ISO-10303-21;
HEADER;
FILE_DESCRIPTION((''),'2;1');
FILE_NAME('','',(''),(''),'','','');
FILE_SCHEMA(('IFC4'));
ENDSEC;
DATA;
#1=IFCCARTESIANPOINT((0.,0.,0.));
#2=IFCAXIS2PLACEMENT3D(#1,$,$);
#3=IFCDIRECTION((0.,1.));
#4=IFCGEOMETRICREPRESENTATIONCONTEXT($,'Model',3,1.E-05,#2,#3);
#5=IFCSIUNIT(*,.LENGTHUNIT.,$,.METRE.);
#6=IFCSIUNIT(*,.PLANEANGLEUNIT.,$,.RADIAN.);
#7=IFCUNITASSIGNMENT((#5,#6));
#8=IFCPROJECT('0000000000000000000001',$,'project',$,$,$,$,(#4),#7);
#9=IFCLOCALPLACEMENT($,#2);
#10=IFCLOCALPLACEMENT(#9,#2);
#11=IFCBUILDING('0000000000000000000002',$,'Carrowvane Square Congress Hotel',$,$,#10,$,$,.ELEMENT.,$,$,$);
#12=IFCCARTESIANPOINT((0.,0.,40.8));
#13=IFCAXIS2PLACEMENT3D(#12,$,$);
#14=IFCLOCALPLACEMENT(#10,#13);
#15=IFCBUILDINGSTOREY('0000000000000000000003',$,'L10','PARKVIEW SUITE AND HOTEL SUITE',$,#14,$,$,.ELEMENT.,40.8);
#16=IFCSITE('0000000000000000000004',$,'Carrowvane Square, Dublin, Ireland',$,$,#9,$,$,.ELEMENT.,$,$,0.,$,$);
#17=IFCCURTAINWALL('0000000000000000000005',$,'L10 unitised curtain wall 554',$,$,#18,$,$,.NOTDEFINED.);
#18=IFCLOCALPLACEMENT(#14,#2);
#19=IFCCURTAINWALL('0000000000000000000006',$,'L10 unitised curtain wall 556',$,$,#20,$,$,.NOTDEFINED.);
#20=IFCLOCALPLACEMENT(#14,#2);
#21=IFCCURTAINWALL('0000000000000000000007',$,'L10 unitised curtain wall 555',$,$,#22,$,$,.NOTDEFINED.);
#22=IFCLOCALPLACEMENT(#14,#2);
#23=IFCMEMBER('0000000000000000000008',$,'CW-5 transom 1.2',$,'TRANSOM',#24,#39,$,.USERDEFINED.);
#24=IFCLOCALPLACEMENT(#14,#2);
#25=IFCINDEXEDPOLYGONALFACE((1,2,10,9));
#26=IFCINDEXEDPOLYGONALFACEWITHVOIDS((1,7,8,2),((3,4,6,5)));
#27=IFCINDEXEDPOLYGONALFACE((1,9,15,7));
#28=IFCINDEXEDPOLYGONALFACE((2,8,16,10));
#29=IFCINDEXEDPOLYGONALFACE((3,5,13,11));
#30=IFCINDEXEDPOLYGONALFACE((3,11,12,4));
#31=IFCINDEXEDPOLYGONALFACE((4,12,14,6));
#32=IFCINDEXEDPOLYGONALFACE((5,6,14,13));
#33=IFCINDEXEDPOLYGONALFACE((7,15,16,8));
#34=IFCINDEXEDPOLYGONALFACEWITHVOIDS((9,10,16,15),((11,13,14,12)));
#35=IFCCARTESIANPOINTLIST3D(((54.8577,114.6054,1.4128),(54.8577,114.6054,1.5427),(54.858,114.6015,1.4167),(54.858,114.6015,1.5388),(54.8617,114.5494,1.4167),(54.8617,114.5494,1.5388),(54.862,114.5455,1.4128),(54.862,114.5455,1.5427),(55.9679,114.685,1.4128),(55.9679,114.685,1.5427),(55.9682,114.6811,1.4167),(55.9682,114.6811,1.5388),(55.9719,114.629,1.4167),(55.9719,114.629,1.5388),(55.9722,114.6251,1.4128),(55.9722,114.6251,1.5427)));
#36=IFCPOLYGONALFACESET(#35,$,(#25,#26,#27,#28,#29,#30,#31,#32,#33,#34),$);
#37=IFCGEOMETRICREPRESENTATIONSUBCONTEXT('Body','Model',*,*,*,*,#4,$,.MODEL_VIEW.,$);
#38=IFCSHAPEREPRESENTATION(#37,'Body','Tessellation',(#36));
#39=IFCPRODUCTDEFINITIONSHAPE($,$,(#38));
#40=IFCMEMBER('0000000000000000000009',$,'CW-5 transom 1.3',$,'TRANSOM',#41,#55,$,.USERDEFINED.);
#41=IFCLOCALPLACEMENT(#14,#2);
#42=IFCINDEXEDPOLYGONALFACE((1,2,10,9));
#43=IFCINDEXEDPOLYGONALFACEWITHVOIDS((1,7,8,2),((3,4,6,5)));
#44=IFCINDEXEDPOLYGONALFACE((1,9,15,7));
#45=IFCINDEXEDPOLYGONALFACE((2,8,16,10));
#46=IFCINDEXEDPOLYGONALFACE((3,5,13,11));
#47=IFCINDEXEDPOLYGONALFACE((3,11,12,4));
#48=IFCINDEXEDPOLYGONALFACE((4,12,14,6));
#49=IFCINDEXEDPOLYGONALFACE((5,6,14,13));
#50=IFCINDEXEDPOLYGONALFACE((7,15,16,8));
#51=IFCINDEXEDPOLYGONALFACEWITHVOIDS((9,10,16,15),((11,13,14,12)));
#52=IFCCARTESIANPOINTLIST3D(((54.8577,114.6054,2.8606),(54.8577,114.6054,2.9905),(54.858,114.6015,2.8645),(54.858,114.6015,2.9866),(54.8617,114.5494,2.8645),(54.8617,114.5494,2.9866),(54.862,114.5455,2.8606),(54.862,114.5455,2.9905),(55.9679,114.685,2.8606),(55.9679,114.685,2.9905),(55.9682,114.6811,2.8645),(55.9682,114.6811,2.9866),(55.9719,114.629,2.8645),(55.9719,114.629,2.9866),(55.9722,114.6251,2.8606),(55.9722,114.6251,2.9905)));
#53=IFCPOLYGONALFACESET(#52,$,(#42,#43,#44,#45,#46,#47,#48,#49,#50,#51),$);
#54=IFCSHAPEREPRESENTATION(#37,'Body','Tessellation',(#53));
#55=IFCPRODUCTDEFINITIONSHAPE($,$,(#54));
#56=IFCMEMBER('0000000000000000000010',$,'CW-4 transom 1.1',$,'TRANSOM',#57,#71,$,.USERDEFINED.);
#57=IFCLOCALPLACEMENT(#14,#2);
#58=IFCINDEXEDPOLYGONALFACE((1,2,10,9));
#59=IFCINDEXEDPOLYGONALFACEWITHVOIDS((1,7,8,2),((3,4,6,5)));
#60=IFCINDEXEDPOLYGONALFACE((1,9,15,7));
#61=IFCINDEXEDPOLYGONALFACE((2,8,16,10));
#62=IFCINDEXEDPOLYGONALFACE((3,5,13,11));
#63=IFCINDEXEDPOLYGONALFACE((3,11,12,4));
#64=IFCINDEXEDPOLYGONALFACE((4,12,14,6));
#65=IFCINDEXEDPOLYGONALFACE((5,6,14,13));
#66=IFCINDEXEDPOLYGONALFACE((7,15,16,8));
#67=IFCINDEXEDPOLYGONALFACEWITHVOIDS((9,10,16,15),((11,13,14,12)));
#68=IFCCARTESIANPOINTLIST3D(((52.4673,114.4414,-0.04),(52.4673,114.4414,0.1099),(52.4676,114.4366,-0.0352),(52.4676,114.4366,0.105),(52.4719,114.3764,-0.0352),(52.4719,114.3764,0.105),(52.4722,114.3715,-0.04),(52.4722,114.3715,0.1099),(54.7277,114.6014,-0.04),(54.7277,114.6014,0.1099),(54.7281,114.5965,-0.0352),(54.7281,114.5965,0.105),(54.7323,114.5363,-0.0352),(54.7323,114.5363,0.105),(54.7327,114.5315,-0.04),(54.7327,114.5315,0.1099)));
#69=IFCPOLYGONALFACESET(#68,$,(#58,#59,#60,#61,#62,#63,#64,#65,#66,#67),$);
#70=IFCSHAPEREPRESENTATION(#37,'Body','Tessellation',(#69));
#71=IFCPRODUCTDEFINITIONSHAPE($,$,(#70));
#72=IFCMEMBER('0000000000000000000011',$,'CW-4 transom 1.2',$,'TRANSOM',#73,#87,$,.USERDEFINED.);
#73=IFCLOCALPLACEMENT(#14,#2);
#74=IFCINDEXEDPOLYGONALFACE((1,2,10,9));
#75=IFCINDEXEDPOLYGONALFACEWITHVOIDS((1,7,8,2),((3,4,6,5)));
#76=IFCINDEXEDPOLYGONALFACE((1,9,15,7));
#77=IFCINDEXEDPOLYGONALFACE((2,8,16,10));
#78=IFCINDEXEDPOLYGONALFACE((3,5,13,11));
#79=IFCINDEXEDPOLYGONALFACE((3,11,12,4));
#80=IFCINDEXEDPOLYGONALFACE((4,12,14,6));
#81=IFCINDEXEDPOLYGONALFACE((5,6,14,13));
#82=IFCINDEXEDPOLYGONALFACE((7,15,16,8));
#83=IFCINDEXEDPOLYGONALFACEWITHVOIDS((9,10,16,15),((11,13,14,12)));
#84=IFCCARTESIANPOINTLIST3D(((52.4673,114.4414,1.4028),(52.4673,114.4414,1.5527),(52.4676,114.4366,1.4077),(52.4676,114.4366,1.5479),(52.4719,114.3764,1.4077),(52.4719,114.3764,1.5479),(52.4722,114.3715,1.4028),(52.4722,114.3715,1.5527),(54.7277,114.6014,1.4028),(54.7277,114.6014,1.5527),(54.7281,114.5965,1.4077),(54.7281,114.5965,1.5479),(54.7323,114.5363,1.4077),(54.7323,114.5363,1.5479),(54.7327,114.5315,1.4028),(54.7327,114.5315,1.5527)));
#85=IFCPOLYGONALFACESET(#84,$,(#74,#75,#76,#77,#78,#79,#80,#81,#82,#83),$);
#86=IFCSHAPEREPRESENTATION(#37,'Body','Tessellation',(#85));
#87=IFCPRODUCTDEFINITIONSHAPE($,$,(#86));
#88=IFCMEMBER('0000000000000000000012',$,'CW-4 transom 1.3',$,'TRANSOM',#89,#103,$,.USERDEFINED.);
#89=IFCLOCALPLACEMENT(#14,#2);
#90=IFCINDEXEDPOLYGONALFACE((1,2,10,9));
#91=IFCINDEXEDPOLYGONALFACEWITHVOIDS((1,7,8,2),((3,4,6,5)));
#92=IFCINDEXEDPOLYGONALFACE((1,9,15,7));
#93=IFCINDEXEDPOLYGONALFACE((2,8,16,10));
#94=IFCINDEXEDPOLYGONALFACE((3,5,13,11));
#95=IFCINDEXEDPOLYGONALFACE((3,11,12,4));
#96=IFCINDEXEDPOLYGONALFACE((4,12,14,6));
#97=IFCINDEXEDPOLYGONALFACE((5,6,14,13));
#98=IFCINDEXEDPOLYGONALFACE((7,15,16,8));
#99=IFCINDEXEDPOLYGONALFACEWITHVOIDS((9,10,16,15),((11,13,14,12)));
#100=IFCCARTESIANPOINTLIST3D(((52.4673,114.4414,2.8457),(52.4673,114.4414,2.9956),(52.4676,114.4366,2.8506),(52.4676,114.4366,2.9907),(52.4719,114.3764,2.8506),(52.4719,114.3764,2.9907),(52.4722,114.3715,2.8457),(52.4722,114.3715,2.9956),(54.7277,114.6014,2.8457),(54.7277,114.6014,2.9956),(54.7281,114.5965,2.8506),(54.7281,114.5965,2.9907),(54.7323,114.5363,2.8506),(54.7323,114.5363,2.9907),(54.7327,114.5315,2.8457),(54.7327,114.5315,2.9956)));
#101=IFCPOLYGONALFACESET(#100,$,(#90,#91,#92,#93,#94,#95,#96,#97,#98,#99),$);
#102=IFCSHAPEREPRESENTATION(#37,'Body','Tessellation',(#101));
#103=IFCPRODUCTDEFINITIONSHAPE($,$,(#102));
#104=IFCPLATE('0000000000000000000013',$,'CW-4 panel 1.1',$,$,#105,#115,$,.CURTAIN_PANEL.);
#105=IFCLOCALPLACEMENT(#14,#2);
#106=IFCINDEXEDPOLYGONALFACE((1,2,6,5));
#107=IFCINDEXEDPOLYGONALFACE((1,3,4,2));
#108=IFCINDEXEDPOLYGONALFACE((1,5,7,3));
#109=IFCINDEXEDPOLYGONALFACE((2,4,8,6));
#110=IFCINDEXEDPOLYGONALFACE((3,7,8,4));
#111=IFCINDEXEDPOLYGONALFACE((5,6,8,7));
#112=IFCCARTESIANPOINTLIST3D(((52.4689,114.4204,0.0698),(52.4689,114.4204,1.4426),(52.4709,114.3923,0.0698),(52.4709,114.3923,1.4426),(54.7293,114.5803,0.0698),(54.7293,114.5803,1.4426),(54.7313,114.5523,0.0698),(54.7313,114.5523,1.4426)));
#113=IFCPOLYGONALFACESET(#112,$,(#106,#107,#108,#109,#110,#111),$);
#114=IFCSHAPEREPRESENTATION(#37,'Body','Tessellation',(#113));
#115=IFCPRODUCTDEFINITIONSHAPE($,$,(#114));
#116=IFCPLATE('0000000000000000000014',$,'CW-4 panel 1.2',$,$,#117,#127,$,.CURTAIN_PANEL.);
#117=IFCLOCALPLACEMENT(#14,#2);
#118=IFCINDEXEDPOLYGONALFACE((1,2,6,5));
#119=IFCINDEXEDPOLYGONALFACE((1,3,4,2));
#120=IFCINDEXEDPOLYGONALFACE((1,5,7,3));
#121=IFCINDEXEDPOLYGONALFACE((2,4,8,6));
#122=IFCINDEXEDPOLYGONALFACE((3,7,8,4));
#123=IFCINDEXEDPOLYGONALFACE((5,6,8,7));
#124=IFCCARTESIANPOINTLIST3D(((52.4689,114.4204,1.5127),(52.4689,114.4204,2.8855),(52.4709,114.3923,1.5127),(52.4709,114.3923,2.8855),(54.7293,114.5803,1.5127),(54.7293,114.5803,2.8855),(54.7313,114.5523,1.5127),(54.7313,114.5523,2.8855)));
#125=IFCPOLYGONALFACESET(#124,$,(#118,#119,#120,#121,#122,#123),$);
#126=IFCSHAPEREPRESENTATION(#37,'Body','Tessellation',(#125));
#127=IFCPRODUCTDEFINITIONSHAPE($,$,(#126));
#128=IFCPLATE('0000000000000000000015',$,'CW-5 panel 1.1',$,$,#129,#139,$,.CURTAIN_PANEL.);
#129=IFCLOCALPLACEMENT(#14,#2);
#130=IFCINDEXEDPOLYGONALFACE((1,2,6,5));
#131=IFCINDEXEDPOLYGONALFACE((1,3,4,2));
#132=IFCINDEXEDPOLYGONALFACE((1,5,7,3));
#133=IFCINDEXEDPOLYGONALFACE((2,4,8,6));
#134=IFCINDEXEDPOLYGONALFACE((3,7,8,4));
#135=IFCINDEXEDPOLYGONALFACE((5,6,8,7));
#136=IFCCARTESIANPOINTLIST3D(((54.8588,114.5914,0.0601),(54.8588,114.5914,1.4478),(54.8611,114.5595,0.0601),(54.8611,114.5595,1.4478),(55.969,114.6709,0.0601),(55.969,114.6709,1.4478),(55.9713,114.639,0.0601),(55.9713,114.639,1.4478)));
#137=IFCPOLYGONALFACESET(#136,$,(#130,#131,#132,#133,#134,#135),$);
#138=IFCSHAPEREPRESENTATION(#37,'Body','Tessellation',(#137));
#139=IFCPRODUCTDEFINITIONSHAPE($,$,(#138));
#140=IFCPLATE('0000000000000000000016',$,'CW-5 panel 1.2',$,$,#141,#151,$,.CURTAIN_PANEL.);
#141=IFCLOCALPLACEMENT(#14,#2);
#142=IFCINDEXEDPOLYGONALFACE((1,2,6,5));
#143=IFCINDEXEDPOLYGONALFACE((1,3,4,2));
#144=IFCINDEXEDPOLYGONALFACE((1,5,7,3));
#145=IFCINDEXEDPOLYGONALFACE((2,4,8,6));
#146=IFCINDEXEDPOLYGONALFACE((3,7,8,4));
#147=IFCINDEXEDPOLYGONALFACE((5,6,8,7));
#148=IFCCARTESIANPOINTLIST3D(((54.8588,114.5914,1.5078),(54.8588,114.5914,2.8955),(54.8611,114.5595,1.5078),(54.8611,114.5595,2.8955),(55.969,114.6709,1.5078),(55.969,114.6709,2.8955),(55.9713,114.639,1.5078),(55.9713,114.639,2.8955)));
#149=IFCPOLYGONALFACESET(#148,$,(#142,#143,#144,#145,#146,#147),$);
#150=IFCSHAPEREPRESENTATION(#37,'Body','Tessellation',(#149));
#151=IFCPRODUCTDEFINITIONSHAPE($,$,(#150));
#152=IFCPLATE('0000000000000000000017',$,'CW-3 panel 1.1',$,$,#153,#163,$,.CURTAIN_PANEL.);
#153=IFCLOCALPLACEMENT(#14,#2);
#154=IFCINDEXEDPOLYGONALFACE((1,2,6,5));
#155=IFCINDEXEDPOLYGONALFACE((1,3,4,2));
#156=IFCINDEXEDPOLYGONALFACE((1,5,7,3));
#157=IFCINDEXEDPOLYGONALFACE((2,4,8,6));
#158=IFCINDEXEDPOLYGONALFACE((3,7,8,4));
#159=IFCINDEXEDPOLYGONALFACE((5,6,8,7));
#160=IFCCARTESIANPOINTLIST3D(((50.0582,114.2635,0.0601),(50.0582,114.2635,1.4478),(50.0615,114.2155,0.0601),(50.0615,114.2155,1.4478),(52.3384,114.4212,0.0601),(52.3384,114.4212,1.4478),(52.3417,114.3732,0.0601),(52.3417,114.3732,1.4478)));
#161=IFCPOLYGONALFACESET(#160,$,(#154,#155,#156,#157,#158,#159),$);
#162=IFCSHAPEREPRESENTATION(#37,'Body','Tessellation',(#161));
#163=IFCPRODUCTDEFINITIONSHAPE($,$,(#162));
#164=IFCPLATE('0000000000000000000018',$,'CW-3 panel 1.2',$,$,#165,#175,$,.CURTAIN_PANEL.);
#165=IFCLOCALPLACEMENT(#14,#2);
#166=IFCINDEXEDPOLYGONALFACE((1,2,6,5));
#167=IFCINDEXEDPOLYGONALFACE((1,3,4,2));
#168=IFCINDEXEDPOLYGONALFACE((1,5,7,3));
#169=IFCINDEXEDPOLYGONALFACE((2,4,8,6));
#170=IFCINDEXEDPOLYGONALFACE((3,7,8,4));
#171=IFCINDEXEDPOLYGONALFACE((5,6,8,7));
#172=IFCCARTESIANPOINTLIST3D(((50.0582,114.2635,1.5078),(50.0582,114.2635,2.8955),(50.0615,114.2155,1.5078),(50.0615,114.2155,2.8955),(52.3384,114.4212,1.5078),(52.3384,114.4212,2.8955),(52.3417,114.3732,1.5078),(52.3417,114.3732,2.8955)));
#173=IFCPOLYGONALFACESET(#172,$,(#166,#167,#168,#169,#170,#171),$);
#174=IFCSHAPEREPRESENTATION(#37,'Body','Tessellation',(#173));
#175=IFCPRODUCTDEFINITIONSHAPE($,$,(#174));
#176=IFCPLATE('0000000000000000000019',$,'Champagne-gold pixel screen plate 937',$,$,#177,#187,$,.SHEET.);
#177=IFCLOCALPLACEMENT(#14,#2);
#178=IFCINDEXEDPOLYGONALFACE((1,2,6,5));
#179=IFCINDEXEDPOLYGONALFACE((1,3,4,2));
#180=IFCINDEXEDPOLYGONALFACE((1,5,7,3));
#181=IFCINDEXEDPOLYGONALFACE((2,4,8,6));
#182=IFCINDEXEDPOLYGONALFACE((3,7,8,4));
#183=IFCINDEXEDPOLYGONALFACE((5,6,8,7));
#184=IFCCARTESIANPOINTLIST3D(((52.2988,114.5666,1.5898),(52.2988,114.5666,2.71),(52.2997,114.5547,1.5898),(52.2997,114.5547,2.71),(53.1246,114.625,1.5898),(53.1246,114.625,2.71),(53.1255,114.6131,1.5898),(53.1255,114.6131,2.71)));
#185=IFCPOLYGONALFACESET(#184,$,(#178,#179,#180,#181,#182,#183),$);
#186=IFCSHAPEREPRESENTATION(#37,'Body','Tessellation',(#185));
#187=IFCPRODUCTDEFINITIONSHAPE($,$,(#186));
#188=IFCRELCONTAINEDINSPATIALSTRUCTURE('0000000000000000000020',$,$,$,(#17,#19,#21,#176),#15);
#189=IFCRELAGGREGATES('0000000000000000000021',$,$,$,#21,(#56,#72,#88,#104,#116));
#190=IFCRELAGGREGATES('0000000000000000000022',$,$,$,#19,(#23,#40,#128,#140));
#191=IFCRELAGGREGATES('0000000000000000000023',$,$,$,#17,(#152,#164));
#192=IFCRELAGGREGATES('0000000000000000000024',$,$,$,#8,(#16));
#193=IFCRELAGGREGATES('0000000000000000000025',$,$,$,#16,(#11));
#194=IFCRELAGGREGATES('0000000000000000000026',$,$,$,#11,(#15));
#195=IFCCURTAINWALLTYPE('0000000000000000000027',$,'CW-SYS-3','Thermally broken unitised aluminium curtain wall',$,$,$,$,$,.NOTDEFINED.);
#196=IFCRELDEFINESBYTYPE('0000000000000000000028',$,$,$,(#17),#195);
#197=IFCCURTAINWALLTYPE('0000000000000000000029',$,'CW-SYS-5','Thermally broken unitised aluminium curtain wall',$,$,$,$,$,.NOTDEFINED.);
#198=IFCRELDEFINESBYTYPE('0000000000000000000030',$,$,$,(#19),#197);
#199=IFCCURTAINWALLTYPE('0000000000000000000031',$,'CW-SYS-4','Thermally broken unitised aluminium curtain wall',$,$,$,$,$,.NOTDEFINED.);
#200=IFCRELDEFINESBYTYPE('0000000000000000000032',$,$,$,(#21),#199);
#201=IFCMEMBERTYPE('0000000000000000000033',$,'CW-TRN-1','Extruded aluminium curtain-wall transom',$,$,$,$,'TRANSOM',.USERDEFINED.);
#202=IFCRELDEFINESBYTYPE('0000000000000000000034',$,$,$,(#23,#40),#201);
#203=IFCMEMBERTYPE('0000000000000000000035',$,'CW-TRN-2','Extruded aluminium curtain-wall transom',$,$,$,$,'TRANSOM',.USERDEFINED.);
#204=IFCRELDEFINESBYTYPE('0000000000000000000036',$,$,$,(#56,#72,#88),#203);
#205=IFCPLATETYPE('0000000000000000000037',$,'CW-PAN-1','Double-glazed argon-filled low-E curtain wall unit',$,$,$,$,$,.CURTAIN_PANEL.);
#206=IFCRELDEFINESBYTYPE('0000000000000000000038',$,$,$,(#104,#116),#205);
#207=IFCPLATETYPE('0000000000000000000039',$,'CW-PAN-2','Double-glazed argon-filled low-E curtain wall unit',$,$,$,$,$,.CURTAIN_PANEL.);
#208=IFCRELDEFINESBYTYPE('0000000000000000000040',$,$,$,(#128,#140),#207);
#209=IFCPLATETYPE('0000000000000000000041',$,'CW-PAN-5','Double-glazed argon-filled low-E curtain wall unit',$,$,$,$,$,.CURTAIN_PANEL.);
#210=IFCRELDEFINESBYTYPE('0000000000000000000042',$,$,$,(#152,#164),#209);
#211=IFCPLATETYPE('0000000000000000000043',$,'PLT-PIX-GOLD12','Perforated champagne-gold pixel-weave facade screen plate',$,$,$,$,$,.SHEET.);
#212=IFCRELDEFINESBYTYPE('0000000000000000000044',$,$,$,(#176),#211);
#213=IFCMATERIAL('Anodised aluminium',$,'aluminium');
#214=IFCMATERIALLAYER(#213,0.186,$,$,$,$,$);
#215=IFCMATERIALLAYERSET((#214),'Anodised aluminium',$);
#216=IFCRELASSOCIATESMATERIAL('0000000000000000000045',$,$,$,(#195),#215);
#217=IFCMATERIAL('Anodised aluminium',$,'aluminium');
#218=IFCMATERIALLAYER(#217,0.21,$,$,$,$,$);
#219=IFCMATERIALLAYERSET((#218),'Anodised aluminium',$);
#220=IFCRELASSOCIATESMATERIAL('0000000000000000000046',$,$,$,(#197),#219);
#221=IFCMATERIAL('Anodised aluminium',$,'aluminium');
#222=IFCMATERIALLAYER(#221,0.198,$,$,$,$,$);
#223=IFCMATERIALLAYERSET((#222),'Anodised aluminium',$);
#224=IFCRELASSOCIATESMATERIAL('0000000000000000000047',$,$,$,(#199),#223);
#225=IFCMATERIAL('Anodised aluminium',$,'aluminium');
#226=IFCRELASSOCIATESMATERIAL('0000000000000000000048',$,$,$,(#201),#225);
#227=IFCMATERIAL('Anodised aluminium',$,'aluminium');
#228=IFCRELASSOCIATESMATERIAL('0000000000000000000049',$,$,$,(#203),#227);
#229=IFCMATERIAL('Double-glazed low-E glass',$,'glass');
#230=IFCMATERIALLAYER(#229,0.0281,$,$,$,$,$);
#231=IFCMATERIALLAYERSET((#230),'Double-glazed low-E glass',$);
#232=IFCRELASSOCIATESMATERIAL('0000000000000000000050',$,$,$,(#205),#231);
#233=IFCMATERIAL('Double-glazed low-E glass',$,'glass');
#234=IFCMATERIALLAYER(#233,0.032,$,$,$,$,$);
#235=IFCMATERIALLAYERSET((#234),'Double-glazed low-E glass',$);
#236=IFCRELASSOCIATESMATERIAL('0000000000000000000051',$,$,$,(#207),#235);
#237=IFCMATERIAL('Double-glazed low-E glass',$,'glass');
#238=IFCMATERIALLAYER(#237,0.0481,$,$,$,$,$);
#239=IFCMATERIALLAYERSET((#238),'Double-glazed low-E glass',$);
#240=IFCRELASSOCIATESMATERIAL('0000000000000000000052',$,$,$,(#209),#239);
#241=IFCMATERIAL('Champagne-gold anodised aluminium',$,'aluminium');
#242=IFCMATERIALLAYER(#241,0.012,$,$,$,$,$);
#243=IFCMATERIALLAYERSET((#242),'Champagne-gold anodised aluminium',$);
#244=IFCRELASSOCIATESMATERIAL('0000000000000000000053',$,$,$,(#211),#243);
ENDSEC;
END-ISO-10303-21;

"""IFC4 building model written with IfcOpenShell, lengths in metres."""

from ifc_helpers import new_model, si_unit, direction, frame, origin, origin_2d, place, context, subcontext, project, spatial, rectangle, hollow_rectangle, extrude, material, layer, layer_set, material_profile, profile_set, type_object, element, aggregate, save


model = new_model("IFC4")

# Units and contexts
model_context = context("Model", 3, precision=1e-05, world=origin(), true_north=direction((0.0, 1.0)))
body_context = subcontext(model_context, "Body", "Model", "MODEL_VIEW")
ifc_project = project(units=[si_unit("LENGTHUNIT", "METRE"), si_unit("PLANEANGLEUNIT", "RADIAN")], contexts=[model_context])

# Site, building, storey
site_placement = place(None, origin())
site = spatial("IfcSite", under=ifc_project, at=site_placement, Name="Carrowvane Square, Dublin, Ireland", CompositionType="ELEMENT", RefElevation=0.0)
building_placement = place(site_placement, origin())
building = spatial("IfcBuilding", under=site, at=building_placement, Name="Carrowvane Square Congress Hotel", CompositionType="ELEMENT")
storey_placement = place(building_placement, frame((0.0, 0.0, 40.8)))
storey = spatial("IfcBuildingStorey", under=building, at=storey_placement, Name="L10", Description="PARKVIEW SUITE AND HOTEL SUITE", CompositionType="ELEMENT", Elevation=40.8)

# Curtain walls
ifc_material_1 = material(Name="Anodised aluminium", Category="aluminium")
ifc_layer_1 = layer(ifc_material_1, 0.186)
ifc_layer_set_1 = layer_set([ifc_layer_1], Name="Anodised aluminium")
curtain_wall_type_1 = type_object("IfcCurtainWallType", Name="CW-SYS-3", Description="Thermally broken unitised aluminium curtain wall", PredefinedType="NOTDEFINED", material=ifc_layer_set_1)
curtain_wall_1_placement = place(storey_placement, origin())
curtain_wall_1 = element("IfcCurtainWall", 1, at=curtain_wall_1_placement, inside=storey, type_object=curtain_wall_type_1, Name="L10 unitised curtain wall 554", PredefinedType="NOTDEFINED")
ifc_material_2 = material(Name="Anodised aluminium", Category="aluminium")
ifc_layer_2 = layer(ifc_material_2, 0.21)
ifc_layer_set_2 = layer_set([ifc_layer_2], Name="Anodised aluminium")
curtain_wall_type_2 = type_object("IfcCurtainWallType", Name="CW-SYS-5", Description="Thermally broken unitised aluminium curtain wall", PredefinedType="NOTDEFINED", material=ifc_layer_set_2)
curtain_wall_2_placement = place(storey_placement, origin())
curtain_wall_2 = element("IfcCurtainWall", 2, at=curtain_wall_2_placement, inside=storey, type_object=curtain_wall_type_2, Name="L10 unitised curtain wall 556", PredefinedType="NOTDEFINED")
ifc_material_3 = material(Name="Anodised aluminium", Category="aluminium")
ifc_layer_3 = layer(ifc_material_3, 0.198)
ifc_layer_set_3 = layer_set([ifc_layer_3], Name="Anodised aluminium")
curtain_wall_type_3 = type_object("IfcCurtainWallType", Name="CW-SYS-4", Description="Thermally broken unitised aluminium curtain wall", PredefinedType="NOTDEFINED", material=ifc_layer_set_3)
curtain_wall_3_placement = place(storey_placement, origin())
curtain_wall_3 = element("IfcCurtainWall", 3, at=curtain_wall_3_placement, inside=storey, type_object=curtain_wall_type_3, Name="L10 unitised curtain wall 555", PredefinedType="NOTDEFINED")

# Members
ifc_material_4 = material(Name="Anodised aluminium", Category="aluminium")
ifc_material_profile_1 = material_profile(ifc_material_4, hollow_rectangle(XDim=0.0601, YDim=0.1299, WallThickness=0.0039, at=origin_2d()), Name="CW-TR 60x130x4")
ifc_profile_set_1 = profile_set([ifc_material_profile_1], Name="Anodised aluminium")
member_type_1 = type_object("IfcMemberType", Name="CW-TRN-1", Description="Extruded aluminium curtain-wall transom", ElementType="TRANSOM", PredefinedType="USERDEFINED", material=ifc_profile_set_1)
member_1_placement = place(storey_placement, frame((54.8599, 114.5754, 1.4778), z_axis=(0.99744, 0.071512, 0.0), x_axis=(-0.071512, 0.99744, 0.0)))
member_1 = element("IfcMember", 4, at=member_1_placement, type_object=member_type_1, Name="CW-5 transom 1.2", ObjectType="TRANSOM", PredefinedType="USERDEFINED", context=body_context, shape_type="SweptSolid", body=[
    extrude(hollow_rectangle(XDim=0.0601, YDim=0.1299, WallThickness=0.0039, at=origin_2d()), origin(), (0.0, 0.0, 1.0), 1.113),
])
member_2_placement = place(storey_placement, frame((54.8599, 114.5754, 2.9255), z_axis=(0.99744, 0.071512, 0.0), x_axis=(-0.071512, 0.99744, 0.0)))
member_2 = element("IfcMember", 5, at=member_2_placement, type_object=member_type_1, Name="CW-5 transom 1.3", ObjectType="TRANSOM", PredefinedType="USERDEFINED", context=body_context, shape_type="SweptSolid", body=[
    extrude(hollow_rectangle(XDim=0.0601, YDim=0.1299, WallThickness=0.0039, at=origin_2d()), origin(), (0.0, 0.0, 1.0), 1.113),
])
ifc_material_5 = material(Name="Anodised aluminium", Category="aluminium")
ifc_material_profile_2 = material_profile(ifc_material_5, hollow_rectangle(XDim=0.0701, YDim=0.1499, WallThickness=0.0049, at=origin_2d()), Name="CW-TR 70x150x5")
ifc_profile_set_2 = profile_set([ifc_material_profile_2], Name="Anodised aluminium")
member_type_2 = type_object("IfcMemberType", Name="CW-TRN-2", Description="Extruded aluminium curtain-wall transom", ElementType="TRANSOM", PredefinedType="USERDEFINED", material=ifc_profile_set_2)
member_3_placement = place(storey_placement, frame((52.4697, 114.4065, 0.0349), z_axis=(0.997507, 0.070566, 0.0), x_axis=(-0.070566, 0.997507, 0.0)))
member_3 = element("IfcMember", 6, at=member_3_placement, type_object=member_type_2, Name="CW-4 transom 1.1", ObjectType="TRANSOM", PredefinedType="USERDEFINED", context=body_context, shape_type="SweptSolid", body=[
    extrude(hollow_rectangle(XDim=0.0701, YDim=0.1499, WallThickness=0.0049, at=origin_2d()), origin(), (0.0, 0.0, 1.0), 2.2661),
])
member_4_placement = place(storey_placement, frame((52.4697, 114.4065, 1.4778), z_axis=(0.997507, 0.070566, 0.0), x_axis=(-0.070566, 0.997507, 0.0)))
member_4 = element("IfcMember", 7, at=member_4_placement, type_object=member_type_2, Name="CW-4 transom 1.2", ObjectType="TRANSOM", PredefinedType="USERDEFINED", context=body_context, shape_type="SweptSolid", body=[
    extrude(hollow_rectangle(XDim=0.0701, YDim=0.1499, WallThickness=0.0049, at=origin_2d()), origin(), (0.0, 0.0, 1.0), 2.2661),
])
member_5_placement = place(storey_placement, frame((52.4697, 114.4065, 2.9207), z_axis=(0.997507, 0.070566, 0.0), x_axis=(-0.070566, 0.997507, 0.0)))
member_5 = element("IfcMember", 8, at=member_5_placement, type_object=member_type_2, Name="CW-4 transom 1.3", ObjectType="TRANSOM", PredefinedType="USERDEFINED", context=body_context, shape_type="SweptSolid", body=[
    extrude(hollow_rectangle(XDim=0.0701, YDim=0.1499, WallThickness=0.0049, at=origin_2d()), origin(), (0.0, 0.0, 1.0), 2.2661),
])

# Plates
ifc_material_6 = material(Name="Double-glazed low-E glass", Category="glass")
ifc_layer_4 = layer(ifc_material_6, 0.0281)
ifc_layer_set_4 = layer_set([ifc_layer_4], Name="Double-glazed low-E glass")
plate_type_1 = type_object("IfcPlateType", Name="CW-PAN-1", Description="Double-glazed argon-filled low-E curtain wall unit", PredefinedType="CURTAIN_PANEL", material=ifc_layer_set_4)
plate_1_placement = place(storey_placement, frame((53.6001, 114.4863, 0.0698), z_axis=(0.0, 0.0, 1.0), x_axis=(0.997506, 0.070586, 0.0)))
plate_1 = element("IfcPlate", 9, at=plate_1_placement, type_object=plate_type_1, Name="CW-4 panel 1.1", PredefinedType="CURTAIN_PANEL", context=body_context, shape_type="SweptSolid", body=[
    extrude(rectangle(XDim=2.2661, YDim=0.0281, at=origin_2d()), origin(), (0.0, 0.0, 1.0), 1.3728),
])
plate_2_placement = place(storey_placement, frame((53.6001, 114.4863, 1.5127), z_axis=(0.0, 0.0, 1.0), x_axis=(0.997506, 0.070586, 0.0)))
plate_2 = element("IfcPlate", 10, at=plate_2_placement, type_object=plate_type_1, Name="CW-4 panel 1.2", PredefinedType="CURTAIN_PANEL", context=body_context, shape_type="SweptSolid", body=[
    extrude(rectangle(XDim=2.2661, YDim=0.0281, at=origin_2d()), origin(), (0.0, 0.0, 1.0), 1.3728),
])
aggregate(curtain_wall_3, [member_3, member_4, member_5, plate_1, plate_2])
ifc_material_7 = material(Name="Double-glazed low-E glass", Category="glass")
ifc_layer_5 = layer(ifc_material_7, 0.032)
ifc_layer_set_5 = layer_set([ifc_layer_5], Name="Double-glazed low-E glass")
plate_type_2 = type_object("IfcPlateType", Name="CW-PAN-2", Description="Double-glazed argon-filled low-E curtain wall unit", PredefinedType="CURTAIN_PANEL", material=ifc_layer_set_5)
plate_3_placement = place(storey_placement, frame((55.415, 114.6152, 0.0601), z_axis=(0.0, 0.0, 1.0), x_axis=(0.997446, 0.071418, 0.0)))
plate_3 = element("IfcPlate", 11, at=plate_3_placement, type_object=plate_type_2, Name="CW-5 panel 1.1", PredefinedType="CURTAIN_PANEL", context=body_context, shape_type="SweptSolid", body=[
    extrude(rectangle(XDim=1.113, YDim=0.032, at=origin_2d()), origin(), (0.0, 0.0, 1.0), 1.3877),
])
plate_4_placement = place(storey_placement, frame((55.415, 114.6152, 1.5078), z_axis=(0.0, 0.0, 1.0), x_axis=(0.997446, 0.071418, 0.0)))
plate_4 = element("IfcPlate", 12, at=plate_4_placement, type_object=plate_type_2, Name="CW-5 panel 1.2", PredefinedType="CURTAIN_PANEL", context=body_context, shape_type="SweptSolid", body=[
    extrude(rectangle(XDim=1.113, YDim=0.032, at=origin_2d()), origin(), (0.0, 0.0, 1.0), 1.3877),
])
aggregate(curtain_wall_2, [member_1, member_2, plate_3, plate_4])
ifc_material_8 = material(Name="Double-glazed low-E glass", Category="glass")
ifc_layer_6 = layer(ifc_material_8, 0.0481)
ifc_layer_set_6 = layer_set([ifc_layer_6], Name="Double-glazed low-E glass")
plate_type_3 = type_object("IfcPlateType", Name="CW-PAN-5", Description="Double-glazed argon-filled low-E curtain wall unit", PredefinedType="CURTAIN_PANEL", material=ifc_layer_set_6)
plate_5_placement = place(storey_placement, frame((51.2, 114.3184, 0.0601), z_axis=(0.0, 0.0, 1.0), x_axis=(0.997618, 0.068986, 0.0)))
plate_5 = element("IfcPlate", 13, at=plate_5_placement, type_object=plate_type_3, Name="CW-3 panel 1.1", PredefinedType="CURTAIN_PANEL", context=body_context, shape_type="SweptSolid", body=[
    extrude(rectangle(XDim=2.2856, YDim=0.0481, at=origin_2d()), origin(), (0.0, 0.0, 1.0), 1.3877),
])
plate_6_placement = place(storey_placement, frame((51.2, 114.3184, 1.5078), z_axis=(0.0, 0.0, 1.0), x_axis=(0.997618, 0.068986, 0.0)))
plate_6 = element("IfcPlate", 14, at=plate_6_placement, type_object=plate_type_3, Name="CW-3 panel 1.2", PredefinedType="CURTAIN_PANEL", context=body_context, shape_type="SweptSolid", body=[
    extrude(rectangle(XDim=2.2856, YDim=0.0481, at=origin_2d()), origin(), (0.0, 0.0, 1.0), 1.3877),
])
aggregate(curtain_wall_1, [plate_5, plate_6])

# Plate
ifc_material_9 = material(Name="Champagne-gold anodised aluminium", Category="aluminium")
ifc_layer_7 = layer(ifc_material_9, 0.012)
ifc_layer_set_7 = layer_set([ifc_layer_7], Name="Champagne-gold anodised aluminium")
plate_type_4 = type_object("IfcPlateType", Name="PLT-PIX-GOLD12", Description="Perforated champagne-gold pixel-weave facade screen plate", PredefinedType="SHEET", material=ifc_layer_set_7)
plate_7_placement = place(storey_placement, frame((52.7122, 114.5898, 1.5898), z_axis=(0.0, 0.0, 1.0), x_axis=(0.997506, 0.070585, 0.0)))
element("IfcPlate", 15, at=plate_7_placement, inside=storey, type_object=plate_type_4, Name="Champagne-gold pixel screen plate 937", PredefinedType="SHEET", context=body_context, shape_type="SweptSolid", body=[
    extrude(rectangle(XDim=0.8279, YDim=0.012, at=origin_2d()), origin(), (0.0, 0.0, 1.0), 1.1201),
])

save(model, "model.ifc")
